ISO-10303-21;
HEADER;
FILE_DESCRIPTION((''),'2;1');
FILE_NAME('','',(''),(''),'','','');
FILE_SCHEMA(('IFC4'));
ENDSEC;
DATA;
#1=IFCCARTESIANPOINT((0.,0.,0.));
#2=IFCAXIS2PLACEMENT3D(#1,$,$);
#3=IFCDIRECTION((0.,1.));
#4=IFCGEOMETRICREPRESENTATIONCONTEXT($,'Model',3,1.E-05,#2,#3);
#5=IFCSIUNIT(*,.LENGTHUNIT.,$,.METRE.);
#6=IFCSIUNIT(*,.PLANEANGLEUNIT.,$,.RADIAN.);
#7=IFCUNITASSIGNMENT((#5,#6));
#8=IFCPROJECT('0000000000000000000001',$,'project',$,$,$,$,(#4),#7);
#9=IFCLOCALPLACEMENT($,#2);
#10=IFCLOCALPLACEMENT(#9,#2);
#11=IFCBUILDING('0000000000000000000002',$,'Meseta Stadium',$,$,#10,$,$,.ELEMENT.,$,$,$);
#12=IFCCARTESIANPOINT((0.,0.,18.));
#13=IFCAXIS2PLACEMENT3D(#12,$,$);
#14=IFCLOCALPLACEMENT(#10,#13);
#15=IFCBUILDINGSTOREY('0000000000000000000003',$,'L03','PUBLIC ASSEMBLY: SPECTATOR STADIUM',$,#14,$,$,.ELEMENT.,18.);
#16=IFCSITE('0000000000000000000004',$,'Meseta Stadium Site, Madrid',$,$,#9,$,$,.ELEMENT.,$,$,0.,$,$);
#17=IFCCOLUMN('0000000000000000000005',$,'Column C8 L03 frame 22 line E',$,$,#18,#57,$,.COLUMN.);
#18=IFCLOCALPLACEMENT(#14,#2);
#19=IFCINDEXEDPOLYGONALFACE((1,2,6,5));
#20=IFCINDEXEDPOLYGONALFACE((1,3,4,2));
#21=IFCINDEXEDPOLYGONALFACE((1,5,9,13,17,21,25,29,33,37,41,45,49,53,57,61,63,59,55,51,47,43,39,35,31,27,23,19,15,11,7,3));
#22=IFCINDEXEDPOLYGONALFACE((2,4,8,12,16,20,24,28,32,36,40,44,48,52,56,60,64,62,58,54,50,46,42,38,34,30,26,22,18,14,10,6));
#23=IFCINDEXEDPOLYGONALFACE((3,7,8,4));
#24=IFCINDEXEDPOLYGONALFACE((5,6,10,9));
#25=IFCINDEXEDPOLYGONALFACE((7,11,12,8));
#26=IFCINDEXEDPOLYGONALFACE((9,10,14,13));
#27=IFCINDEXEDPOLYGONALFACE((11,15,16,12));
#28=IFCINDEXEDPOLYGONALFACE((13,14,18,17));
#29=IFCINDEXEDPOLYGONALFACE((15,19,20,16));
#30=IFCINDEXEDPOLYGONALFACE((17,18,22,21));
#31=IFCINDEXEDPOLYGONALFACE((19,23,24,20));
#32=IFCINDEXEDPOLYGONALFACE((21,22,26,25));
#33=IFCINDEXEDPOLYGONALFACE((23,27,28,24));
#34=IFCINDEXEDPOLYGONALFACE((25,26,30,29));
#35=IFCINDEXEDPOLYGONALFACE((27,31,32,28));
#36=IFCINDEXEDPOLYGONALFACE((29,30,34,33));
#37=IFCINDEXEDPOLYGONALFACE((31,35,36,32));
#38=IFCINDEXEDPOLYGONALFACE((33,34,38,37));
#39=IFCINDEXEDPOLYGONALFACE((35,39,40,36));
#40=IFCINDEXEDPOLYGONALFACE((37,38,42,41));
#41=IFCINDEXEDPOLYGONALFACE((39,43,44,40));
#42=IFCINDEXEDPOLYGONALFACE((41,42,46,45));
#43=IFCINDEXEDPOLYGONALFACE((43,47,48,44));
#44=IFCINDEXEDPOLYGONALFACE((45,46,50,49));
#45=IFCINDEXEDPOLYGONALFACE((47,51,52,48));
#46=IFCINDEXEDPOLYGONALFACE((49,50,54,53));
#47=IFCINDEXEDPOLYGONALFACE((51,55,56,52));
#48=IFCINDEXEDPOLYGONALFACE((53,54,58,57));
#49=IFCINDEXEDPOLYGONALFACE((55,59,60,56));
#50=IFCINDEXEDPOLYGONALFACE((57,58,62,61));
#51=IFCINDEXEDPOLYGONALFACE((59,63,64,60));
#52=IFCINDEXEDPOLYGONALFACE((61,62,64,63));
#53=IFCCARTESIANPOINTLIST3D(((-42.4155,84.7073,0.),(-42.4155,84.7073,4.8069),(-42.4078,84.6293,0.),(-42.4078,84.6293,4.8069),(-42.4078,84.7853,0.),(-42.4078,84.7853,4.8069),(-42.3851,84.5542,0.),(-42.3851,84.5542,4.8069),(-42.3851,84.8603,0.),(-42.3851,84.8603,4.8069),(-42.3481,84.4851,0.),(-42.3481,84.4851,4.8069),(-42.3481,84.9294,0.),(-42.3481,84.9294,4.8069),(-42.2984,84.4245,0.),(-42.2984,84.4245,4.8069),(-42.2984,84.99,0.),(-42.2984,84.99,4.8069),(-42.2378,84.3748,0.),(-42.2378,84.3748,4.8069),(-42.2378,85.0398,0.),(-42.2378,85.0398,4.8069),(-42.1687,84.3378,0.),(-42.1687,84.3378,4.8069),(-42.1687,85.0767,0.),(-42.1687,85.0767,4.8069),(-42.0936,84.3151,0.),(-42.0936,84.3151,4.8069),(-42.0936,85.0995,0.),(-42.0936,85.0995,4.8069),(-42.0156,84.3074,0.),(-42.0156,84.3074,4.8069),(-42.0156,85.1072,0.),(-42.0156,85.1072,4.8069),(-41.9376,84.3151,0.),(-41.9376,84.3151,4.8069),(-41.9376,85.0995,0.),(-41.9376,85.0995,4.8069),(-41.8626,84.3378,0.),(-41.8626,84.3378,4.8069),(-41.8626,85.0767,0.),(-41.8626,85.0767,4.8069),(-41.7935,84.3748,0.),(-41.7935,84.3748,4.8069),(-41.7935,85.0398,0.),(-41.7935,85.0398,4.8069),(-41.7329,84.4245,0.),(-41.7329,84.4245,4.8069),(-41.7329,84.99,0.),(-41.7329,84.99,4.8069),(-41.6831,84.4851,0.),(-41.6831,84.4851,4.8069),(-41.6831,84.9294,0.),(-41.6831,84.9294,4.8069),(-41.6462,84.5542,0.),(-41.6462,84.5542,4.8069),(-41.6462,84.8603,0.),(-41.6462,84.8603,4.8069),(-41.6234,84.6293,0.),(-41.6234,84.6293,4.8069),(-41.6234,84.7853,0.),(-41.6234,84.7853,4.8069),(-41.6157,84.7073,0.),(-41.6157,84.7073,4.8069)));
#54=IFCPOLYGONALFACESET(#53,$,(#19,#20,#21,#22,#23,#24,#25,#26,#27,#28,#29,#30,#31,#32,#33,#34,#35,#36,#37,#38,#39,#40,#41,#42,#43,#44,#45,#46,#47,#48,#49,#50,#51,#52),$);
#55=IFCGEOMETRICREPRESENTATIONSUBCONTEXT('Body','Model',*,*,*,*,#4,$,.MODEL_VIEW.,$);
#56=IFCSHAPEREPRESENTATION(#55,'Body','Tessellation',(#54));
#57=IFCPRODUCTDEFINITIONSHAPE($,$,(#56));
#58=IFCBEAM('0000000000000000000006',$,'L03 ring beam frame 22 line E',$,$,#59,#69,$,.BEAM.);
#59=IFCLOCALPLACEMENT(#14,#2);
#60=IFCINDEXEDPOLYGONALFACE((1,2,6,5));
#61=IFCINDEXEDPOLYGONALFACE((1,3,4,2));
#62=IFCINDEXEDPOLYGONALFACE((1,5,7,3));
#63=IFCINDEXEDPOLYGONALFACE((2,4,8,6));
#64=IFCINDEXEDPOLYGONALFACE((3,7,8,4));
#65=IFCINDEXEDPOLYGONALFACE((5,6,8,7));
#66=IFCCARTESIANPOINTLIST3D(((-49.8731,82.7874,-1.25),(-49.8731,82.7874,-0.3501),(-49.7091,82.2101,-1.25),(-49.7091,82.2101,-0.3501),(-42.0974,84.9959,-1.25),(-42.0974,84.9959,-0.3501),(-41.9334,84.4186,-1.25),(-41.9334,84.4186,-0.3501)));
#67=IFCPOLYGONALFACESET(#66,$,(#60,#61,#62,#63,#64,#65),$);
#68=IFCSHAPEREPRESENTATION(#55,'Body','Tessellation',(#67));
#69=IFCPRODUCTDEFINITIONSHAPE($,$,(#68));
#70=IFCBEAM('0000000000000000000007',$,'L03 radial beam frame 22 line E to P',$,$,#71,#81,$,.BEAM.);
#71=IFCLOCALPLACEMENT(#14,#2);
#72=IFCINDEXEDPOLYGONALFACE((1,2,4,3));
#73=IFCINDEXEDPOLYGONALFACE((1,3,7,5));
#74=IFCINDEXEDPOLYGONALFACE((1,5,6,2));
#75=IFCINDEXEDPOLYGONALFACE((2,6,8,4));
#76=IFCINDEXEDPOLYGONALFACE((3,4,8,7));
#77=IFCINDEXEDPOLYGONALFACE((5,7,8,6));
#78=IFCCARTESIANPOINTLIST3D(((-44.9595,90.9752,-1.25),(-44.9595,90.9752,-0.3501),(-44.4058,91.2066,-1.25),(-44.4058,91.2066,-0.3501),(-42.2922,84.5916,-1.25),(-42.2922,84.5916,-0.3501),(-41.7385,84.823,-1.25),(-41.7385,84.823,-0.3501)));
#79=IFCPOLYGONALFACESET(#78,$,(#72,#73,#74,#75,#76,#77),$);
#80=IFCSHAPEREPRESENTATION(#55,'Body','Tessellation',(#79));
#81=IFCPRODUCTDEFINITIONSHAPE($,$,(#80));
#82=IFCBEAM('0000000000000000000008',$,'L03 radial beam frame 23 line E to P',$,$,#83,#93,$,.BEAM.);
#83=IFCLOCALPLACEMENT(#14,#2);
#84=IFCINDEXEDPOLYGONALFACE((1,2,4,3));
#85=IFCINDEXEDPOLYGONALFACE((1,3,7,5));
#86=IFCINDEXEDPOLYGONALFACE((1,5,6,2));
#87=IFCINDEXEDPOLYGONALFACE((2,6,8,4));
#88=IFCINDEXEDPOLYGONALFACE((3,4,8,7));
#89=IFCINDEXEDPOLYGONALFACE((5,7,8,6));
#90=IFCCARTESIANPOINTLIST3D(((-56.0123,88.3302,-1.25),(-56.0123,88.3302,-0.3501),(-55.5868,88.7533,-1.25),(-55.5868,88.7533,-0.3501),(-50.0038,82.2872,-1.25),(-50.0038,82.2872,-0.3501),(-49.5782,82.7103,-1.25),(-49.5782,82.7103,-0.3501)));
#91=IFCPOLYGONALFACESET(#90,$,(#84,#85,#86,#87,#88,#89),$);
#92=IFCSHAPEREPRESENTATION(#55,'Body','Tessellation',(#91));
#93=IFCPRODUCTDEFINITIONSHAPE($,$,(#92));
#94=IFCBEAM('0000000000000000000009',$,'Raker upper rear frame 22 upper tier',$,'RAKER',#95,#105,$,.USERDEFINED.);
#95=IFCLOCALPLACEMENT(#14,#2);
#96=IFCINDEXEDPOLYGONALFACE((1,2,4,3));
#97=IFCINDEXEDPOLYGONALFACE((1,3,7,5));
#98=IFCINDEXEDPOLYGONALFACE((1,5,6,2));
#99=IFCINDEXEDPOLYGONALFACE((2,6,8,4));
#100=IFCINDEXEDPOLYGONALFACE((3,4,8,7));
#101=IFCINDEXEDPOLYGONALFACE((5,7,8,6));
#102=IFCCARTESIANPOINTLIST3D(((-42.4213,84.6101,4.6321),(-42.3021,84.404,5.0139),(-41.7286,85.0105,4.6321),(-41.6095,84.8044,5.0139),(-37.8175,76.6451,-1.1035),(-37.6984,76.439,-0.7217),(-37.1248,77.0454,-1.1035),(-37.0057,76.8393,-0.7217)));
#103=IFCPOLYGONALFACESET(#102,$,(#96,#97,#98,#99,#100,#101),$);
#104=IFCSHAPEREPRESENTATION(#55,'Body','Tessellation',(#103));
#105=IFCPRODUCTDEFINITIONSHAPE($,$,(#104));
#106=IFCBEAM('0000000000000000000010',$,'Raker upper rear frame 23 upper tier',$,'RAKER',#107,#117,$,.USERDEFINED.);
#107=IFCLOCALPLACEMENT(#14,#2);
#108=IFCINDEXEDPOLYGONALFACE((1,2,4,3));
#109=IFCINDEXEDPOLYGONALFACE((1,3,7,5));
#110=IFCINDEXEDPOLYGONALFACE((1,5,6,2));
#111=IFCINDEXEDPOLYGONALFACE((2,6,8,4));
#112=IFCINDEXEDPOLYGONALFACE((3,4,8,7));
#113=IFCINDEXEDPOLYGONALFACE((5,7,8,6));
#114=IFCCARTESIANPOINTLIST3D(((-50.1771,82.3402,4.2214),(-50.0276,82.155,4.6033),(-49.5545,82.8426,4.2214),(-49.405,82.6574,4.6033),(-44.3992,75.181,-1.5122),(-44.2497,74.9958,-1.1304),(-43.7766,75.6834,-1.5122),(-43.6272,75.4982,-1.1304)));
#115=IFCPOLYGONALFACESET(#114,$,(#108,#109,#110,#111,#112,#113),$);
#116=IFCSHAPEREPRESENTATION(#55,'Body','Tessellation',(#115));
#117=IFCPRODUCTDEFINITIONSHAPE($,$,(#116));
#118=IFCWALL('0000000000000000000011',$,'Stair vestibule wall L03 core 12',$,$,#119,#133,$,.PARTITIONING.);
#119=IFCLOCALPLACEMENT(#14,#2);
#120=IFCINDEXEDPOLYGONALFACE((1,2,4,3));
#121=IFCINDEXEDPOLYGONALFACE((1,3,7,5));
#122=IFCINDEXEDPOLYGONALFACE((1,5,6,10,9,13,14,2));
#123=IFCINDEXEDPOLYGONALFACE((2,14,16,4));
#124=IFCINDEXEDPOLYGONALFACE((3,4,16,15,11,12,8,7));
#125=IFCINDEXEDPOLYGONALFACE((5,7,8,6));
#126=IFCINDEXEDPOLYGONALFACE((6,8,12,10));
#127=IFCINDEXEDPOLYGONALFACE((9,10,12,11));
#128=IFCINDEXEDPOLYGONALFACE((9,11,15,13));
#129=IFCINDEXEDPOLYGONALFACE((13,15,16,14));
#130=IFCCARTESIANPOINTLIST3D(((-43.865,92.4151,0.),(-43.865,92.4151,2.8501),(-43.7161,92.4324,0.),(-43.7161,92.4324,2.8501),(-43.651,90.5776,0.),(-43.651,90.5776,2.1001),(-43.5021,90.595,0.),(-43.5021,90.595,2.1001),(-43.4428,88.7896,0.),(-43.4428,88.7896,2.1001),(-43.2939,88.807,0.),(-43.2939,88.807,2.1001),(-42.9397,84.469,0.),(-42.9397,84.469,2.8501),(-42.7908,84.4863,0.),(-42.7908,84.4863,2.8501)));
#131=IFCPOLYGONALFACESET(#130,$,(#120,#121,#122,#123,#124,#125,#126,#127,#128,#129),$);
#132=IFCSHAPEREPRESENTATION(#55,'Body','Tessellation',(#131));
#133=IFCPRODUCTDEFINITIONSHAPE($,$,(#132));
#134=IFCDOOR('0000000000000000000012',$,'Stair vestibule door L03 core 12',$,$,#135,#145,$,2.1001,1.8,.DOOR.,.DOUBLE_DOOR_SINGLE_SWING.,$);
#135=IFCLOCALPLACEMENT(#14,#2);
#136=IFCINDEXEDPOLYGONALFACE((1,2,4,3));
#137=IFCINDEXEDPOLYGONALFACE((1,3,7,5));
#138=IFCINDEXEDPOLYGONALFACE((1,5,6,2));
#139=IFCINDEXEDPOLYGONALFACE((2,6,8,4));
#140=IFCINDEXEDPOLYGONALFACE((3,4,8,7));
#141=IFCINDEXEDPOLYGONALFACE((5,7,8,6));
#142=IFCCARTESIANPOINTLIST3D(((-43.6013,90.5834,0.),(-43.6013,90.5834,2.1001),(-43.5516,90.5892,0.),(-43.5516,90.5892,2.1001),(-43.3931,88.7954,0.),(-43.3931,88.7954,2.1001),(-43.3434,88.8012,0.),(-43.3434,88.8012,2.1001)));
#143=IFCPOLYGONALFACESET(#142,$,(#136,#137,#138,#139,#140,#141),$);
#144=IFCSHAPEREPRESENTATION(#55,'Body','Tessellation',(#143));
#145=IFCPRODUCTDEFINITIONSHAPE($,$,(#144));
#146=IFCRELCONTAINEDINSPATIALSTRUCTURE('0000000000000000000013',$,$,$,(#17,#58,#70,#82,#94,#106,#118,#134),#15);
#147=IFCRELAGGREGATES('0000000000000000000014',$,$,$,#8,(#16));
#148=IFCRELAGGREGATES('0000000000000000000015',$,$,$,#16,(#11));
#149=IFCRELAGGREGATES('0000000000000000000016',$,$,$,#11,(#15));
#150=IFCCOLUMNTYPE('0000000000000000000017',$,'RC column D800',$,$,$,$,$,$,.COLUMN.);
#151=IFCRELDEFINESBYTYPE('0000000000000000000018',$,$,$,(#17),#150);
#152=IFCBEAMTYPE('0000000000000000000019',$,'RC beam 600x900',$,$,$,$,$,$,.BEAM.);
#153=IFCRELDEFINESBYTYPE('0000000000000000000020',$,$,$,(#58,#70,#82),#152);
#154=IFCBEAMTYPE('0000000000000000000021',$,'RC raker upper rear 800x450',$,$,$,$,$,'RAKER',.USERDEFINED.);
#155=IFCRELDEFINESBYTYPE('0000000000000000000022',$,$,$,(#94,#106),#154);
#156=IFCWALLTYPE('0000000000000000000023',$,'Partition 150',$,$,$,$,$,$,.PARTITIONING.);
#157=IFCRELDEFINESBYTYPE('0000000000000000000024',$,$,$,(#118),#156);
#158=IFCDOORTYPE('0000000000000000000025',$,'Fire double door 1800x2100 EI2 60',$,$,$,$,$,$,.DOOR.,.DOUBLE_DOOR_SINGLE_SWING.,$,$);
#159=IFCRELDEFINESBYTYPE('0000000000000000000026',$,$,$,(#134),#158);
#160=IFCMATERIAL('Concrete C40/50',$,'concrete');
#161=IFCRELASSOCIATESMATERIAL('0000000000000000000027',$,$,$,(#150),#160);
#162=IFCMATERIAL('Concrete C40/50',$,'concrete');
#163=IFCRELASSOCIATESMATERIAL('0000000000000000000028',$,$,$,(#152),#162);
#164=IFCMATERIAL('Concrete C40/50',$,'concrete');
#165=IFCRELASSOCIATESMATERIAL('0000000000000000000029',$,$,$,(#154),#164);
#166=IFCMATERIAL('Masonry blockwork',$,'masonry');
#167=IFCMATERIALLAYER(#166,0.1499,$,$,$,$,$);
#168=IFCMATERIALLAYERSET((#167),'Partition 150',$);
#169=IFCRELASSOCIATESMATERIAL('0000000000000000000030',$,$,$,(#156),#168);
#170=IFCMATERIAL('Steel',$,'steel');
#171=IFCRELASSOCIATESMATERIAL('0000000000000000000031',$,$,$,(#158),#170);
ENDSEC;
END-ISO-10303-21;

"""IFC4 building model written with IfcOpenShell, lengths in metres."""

from ifc_helpers import new_model, si_unit, direction, frame, frame_2d, origin, origin_2d, place, context, subcontext, project, spatial, rectangle, circle, extrude, material, layer, layer_set, material_profile, profile_set, type_object, element, fill, save


model = new_model("IFC4")

# Units and contexts
model_context = context("Model", 3, precision=1e-05, world=origin(), true_north=direction((0.0, 1.0)))
body_context = subcontext(model_context, "Body", "Model", "MODEL_VIEW")
ifc_project = project(units=[si_unit("LENGTHUNIT", "METRE"), si_unit("PLANEANGLEUNIT", "RADIAN")], contexts=[model_context])

# Site, building, storey
site_placement = place(None, origin())
site = spatial("IfcSite", under=ifc_project, at=site_placement, Name="Meseta Stadium Site, Madrid", CompositionType="ELEMENT", RefElevation=0.0)
building_placement = place(site_placement, origin())
building = spatial("IfcBuilding", under=site, at=building_placement, Name="Meseta Stadium", CompositionType="ELEMENT")
storey_placement = place(building_placement, frame((0.0, 0.0, 18.0)))
storey = spatial("IfcBuildingStorey", under=building, at=storey_placement, Name="L03", Description="PUBLIC ASSEMBLY: SPECTATOR STADIUM", CompositionType="ELEMENT", Elevation=18.0)

# Column
ifc_material_1 = material(Name="Concrete C40/50", Category="concrete")
ifc_material_profile_1 = material_profile(ifc_material_1, circle(Radius=0.3999, at=origin_2d()), Name="RC D800")
ifc_profile_set_1 = profile_set([ifc_material_profile_1], Name="Concrete C40/50")
column_type = type_object("IfcColumnType", Name="RC column D800", PredefinedType="COLUMN", material=ifc_profile_set_1)
column_placement = place(storey_placement, frame((-42.0156, 84.7073, 0.0), z_axis=(0.0, 0.0, 1.0), x_axis=(1.0, 0.0, 0.0)))
element("IfcColumn", 1, at=column_placement, inside=storey, type_object=column_type, Name="Column C8 L03 frame 22 line E", PredefinedType="COLUMN", context=body_context, shape_type="SweptSolid", body=[
    extrude(circle(Radius=0.3999, at=origin_2d()), origin(), (0.0, 0.0, 1.0), 4.8069),
])

# Beams
ifc_material_2 = material(Name="Concrete C40/50", Category="concrete")
ifc_material_profile_2 = material_profile(ifc_material_2, rectangle(XDim=0.6001, YDim=0.8999, at=origin_2d()), Name="RC 600x900")
ifc_profile_set_2 = profile_set([ifc_material_profile_2], Name="Concrete C40/50")
beam_type_1 = type_object("IfcBeamType", Name="RC beam 600x900", PredefinedType="BEAM", material=ifc_profile_set_2)
beam_1_placement = place(storey_placement, frame((-42.0154, 84.7073, -0.8), z_axis=(-0.961951, -0.273221, 0.0), x_axis=(0.273221, -0.961951, 0.0)))
element("IfcBeam", 2, at=beam_1_placement, inside=storey, type_object=beam_type_1, Name="L03 ring beam frame 22 line E", PredefinedType="BEAM", context=body_context, shape_type="SweptSolid", body=[
    extrude(rectangle(XDim=0.6001, YDim=0.8999, at=origin_2d()), origin(), (0.0, 0.0, 1.0), 8.0833),
])
beam_2_placement = place(storey_placement, frame((-42.0154, 84.7073, -0.8), z_axis=(-0.38553, 0.922695, 0.0), x_axis=(-0.922695, -0.38553, 0.0)))
element("IfcBeam", 3, at=beam_2_placement, inside=storey, type_object=beam_type_1, Name="L03 radial beam frame 22 line E to P", PredefinedType="BEAM", context=body_context, shape_type="SweptSolid", body=[
    extrude(rectangle(XDim=0.6001, YDim=0.8999, at=origin_2d()), origin(), (0.0, 0.0, 1.0), 6.9185),
])
beam_3_placement = place(storey_placement, frame((-49.791, 82.4988, -0.8), z_axis=(-0.705084, 0.709124, 0.0), x_axis=(-0.709124, -0.705084, 0.0)))
element("IfcBeam", 4, at=beam_3_placement, inside=storey, type_object=beam_type_1, Name="L03 radial beam frame 23 line E to P", PredefinedType="BEAM", context=body_context, shape_type="SweptSolid", body=[
    extrude(rectangle(XDim=0.6001, YDim=0.8999, at=origin_2d()), origin(), (0.0, 0.0, 1.0), 8.5217),
])
ifc_material_3 = material(Name="Concrete C40/50", Category="concrete")
ifc_material_profile_3 = material_profile(ifc_material_3, rectangle(XDim=0.8, YDim=0.45, at=origin_2d()), Name="RC 800x450")
ifc_profile_set_3 = profile_set([ifc_material_profile_3], Name="Concrete C40/50")
beam_type_2 = type_object("IfcBeamType", Name="RC raker upper rear 800x450", ElementType="RAKER", PredefinedType="USERDEFINED", material=ifc_profile_set_3)
beam_4_placement = place(storey_placement, frame((-37.4116, 76.7422, -0.9126), z_axis=(-0.424649, 0.734697, 0.529049), x_axis=(-0.865785, -0.500417, 0.0)))
element("IfcBeam", 5, at=beam_4_placement, inside=storey, type_object=beam_type_2, Name="Raker upper rear frame 22 upper tier", ObjectType="RAKER", PredefinedType="USERDEFINED", context=body_context, shape_type="SweptSolid", body=[
    extrude(rectangle(XDim=0.8, YDim=0.45, at=origin_2d()), origin(), (0.0, 0.0, 1.0), 10.8413),
])
beam_5_placement = place(storey_placement, frame((-44.0132, 75.3396, -1.3213), z_axis=(-0.532996, 0.660423, 0.52892), x_axis=(-0.778185, -0.628036, 0.0)))
element("IfcBeam", 6, at=beam_5_placement, inside=storey, type_object=beam_type_2, Name="Raker upper rear frame 23 upper tier", ObjectType="RAKER", PredefinedType="USERDEFINED", context=body_context, shape_type="SweptSolid", body=[
    extrude(rectangle(XDim=0.8, YDim=0.45, at=origin_2d()), origin(), (0.0, 0.0, 1.0), 10.8403),
])

# Wall, opening, door
ifc_material_4 = material(Name="Masonry blockwork", Category="masonry")
ifc_layer_1 = layer(ifc_material_4, 0.1499)
ifc_layer_set_1 = layer_set([ifc_layer_1], Name="Partition 150")
wall_type = type_object("IfcWallType", Name="Partition 150", PredefinedType="PARTITIONING", material=ifc_layer_set_1)
wall_placement = place(storey_placement, frame((-42.8652, 84.4775, 0.0), z_axis=(0.0, 0.0, 1.0), x_axis=(-0.115665, 0.993288, 0.0)))
wall = element("IfcWall", 7, at=wall_placement, inside=storey, type_object=wall_type, Name="Stair vestibule wall L03 core 12", PredefinedType="PARTITIONING", context=body_context, shape_type="SweptSolid", body=[
    extrude(rectangle(XDim=7.9998, YDim=0.1499, at=frame_2d((4.0, 0.0))), origin(), (0.0, 0.0, 1.0), 2.8501),
])
opening_placement = place(wall_placement, frame((4.3501, 0.0, 0.0)))
opening = element("IfcOpeningElement", 8, at=opening_placement, cuts=wall, PredefinedType="OPENING", context=body_context, shape_type="SweptSolid", body=[
    extrude(rectangle(XDim=1.8, YDim=2.1001, at=frame_2d((0.8999, 1.05))), frame((0.0, 0.085, 0.0), z_axis=(0.0, -1.0, 0.0), x_axis=(1.0, 0.0, 0.0)), (0.0, 0.0, 1.0), 0.1699),
])
ifc_material_5 = material(Name="Steel", Category="steel")
door_type = type_object("IfcDoorType", Name="Fire double door 1800x2100 EI2 60", OperationType="DOUBLE_DOOR_SINGLE_SWING", PredefinedType="DOOR", material=ifc_material_5)
door_placement = place(opening_placement, origin())
door = element("IfcDoor", 9, at=door_placement, inside=storey, type_object=door_type, Name="Stair vestibule door L03 core 12", OperationType="DOUBLE_DOOR_SINGLE_SWING", OverallHeight=2.1001, OverallWidth=1.8, PredefinedType="DOOR", context=body_context, shape_type="SweptSolid", body=[
    extrude(rectangle(XDim=1.8, YDim=2.1001, at=frame_2d((0.8999, 1.05))), frame((0.0, 0.0249, 0.0), z_axis=(0.0, -1.0, 0.0), x_axis=(1.0, 0.0, 0.0)), (0.0, 0.0, 1.0), 0.05),
])
fill(opening, door)

save(model, "model.ifc")
